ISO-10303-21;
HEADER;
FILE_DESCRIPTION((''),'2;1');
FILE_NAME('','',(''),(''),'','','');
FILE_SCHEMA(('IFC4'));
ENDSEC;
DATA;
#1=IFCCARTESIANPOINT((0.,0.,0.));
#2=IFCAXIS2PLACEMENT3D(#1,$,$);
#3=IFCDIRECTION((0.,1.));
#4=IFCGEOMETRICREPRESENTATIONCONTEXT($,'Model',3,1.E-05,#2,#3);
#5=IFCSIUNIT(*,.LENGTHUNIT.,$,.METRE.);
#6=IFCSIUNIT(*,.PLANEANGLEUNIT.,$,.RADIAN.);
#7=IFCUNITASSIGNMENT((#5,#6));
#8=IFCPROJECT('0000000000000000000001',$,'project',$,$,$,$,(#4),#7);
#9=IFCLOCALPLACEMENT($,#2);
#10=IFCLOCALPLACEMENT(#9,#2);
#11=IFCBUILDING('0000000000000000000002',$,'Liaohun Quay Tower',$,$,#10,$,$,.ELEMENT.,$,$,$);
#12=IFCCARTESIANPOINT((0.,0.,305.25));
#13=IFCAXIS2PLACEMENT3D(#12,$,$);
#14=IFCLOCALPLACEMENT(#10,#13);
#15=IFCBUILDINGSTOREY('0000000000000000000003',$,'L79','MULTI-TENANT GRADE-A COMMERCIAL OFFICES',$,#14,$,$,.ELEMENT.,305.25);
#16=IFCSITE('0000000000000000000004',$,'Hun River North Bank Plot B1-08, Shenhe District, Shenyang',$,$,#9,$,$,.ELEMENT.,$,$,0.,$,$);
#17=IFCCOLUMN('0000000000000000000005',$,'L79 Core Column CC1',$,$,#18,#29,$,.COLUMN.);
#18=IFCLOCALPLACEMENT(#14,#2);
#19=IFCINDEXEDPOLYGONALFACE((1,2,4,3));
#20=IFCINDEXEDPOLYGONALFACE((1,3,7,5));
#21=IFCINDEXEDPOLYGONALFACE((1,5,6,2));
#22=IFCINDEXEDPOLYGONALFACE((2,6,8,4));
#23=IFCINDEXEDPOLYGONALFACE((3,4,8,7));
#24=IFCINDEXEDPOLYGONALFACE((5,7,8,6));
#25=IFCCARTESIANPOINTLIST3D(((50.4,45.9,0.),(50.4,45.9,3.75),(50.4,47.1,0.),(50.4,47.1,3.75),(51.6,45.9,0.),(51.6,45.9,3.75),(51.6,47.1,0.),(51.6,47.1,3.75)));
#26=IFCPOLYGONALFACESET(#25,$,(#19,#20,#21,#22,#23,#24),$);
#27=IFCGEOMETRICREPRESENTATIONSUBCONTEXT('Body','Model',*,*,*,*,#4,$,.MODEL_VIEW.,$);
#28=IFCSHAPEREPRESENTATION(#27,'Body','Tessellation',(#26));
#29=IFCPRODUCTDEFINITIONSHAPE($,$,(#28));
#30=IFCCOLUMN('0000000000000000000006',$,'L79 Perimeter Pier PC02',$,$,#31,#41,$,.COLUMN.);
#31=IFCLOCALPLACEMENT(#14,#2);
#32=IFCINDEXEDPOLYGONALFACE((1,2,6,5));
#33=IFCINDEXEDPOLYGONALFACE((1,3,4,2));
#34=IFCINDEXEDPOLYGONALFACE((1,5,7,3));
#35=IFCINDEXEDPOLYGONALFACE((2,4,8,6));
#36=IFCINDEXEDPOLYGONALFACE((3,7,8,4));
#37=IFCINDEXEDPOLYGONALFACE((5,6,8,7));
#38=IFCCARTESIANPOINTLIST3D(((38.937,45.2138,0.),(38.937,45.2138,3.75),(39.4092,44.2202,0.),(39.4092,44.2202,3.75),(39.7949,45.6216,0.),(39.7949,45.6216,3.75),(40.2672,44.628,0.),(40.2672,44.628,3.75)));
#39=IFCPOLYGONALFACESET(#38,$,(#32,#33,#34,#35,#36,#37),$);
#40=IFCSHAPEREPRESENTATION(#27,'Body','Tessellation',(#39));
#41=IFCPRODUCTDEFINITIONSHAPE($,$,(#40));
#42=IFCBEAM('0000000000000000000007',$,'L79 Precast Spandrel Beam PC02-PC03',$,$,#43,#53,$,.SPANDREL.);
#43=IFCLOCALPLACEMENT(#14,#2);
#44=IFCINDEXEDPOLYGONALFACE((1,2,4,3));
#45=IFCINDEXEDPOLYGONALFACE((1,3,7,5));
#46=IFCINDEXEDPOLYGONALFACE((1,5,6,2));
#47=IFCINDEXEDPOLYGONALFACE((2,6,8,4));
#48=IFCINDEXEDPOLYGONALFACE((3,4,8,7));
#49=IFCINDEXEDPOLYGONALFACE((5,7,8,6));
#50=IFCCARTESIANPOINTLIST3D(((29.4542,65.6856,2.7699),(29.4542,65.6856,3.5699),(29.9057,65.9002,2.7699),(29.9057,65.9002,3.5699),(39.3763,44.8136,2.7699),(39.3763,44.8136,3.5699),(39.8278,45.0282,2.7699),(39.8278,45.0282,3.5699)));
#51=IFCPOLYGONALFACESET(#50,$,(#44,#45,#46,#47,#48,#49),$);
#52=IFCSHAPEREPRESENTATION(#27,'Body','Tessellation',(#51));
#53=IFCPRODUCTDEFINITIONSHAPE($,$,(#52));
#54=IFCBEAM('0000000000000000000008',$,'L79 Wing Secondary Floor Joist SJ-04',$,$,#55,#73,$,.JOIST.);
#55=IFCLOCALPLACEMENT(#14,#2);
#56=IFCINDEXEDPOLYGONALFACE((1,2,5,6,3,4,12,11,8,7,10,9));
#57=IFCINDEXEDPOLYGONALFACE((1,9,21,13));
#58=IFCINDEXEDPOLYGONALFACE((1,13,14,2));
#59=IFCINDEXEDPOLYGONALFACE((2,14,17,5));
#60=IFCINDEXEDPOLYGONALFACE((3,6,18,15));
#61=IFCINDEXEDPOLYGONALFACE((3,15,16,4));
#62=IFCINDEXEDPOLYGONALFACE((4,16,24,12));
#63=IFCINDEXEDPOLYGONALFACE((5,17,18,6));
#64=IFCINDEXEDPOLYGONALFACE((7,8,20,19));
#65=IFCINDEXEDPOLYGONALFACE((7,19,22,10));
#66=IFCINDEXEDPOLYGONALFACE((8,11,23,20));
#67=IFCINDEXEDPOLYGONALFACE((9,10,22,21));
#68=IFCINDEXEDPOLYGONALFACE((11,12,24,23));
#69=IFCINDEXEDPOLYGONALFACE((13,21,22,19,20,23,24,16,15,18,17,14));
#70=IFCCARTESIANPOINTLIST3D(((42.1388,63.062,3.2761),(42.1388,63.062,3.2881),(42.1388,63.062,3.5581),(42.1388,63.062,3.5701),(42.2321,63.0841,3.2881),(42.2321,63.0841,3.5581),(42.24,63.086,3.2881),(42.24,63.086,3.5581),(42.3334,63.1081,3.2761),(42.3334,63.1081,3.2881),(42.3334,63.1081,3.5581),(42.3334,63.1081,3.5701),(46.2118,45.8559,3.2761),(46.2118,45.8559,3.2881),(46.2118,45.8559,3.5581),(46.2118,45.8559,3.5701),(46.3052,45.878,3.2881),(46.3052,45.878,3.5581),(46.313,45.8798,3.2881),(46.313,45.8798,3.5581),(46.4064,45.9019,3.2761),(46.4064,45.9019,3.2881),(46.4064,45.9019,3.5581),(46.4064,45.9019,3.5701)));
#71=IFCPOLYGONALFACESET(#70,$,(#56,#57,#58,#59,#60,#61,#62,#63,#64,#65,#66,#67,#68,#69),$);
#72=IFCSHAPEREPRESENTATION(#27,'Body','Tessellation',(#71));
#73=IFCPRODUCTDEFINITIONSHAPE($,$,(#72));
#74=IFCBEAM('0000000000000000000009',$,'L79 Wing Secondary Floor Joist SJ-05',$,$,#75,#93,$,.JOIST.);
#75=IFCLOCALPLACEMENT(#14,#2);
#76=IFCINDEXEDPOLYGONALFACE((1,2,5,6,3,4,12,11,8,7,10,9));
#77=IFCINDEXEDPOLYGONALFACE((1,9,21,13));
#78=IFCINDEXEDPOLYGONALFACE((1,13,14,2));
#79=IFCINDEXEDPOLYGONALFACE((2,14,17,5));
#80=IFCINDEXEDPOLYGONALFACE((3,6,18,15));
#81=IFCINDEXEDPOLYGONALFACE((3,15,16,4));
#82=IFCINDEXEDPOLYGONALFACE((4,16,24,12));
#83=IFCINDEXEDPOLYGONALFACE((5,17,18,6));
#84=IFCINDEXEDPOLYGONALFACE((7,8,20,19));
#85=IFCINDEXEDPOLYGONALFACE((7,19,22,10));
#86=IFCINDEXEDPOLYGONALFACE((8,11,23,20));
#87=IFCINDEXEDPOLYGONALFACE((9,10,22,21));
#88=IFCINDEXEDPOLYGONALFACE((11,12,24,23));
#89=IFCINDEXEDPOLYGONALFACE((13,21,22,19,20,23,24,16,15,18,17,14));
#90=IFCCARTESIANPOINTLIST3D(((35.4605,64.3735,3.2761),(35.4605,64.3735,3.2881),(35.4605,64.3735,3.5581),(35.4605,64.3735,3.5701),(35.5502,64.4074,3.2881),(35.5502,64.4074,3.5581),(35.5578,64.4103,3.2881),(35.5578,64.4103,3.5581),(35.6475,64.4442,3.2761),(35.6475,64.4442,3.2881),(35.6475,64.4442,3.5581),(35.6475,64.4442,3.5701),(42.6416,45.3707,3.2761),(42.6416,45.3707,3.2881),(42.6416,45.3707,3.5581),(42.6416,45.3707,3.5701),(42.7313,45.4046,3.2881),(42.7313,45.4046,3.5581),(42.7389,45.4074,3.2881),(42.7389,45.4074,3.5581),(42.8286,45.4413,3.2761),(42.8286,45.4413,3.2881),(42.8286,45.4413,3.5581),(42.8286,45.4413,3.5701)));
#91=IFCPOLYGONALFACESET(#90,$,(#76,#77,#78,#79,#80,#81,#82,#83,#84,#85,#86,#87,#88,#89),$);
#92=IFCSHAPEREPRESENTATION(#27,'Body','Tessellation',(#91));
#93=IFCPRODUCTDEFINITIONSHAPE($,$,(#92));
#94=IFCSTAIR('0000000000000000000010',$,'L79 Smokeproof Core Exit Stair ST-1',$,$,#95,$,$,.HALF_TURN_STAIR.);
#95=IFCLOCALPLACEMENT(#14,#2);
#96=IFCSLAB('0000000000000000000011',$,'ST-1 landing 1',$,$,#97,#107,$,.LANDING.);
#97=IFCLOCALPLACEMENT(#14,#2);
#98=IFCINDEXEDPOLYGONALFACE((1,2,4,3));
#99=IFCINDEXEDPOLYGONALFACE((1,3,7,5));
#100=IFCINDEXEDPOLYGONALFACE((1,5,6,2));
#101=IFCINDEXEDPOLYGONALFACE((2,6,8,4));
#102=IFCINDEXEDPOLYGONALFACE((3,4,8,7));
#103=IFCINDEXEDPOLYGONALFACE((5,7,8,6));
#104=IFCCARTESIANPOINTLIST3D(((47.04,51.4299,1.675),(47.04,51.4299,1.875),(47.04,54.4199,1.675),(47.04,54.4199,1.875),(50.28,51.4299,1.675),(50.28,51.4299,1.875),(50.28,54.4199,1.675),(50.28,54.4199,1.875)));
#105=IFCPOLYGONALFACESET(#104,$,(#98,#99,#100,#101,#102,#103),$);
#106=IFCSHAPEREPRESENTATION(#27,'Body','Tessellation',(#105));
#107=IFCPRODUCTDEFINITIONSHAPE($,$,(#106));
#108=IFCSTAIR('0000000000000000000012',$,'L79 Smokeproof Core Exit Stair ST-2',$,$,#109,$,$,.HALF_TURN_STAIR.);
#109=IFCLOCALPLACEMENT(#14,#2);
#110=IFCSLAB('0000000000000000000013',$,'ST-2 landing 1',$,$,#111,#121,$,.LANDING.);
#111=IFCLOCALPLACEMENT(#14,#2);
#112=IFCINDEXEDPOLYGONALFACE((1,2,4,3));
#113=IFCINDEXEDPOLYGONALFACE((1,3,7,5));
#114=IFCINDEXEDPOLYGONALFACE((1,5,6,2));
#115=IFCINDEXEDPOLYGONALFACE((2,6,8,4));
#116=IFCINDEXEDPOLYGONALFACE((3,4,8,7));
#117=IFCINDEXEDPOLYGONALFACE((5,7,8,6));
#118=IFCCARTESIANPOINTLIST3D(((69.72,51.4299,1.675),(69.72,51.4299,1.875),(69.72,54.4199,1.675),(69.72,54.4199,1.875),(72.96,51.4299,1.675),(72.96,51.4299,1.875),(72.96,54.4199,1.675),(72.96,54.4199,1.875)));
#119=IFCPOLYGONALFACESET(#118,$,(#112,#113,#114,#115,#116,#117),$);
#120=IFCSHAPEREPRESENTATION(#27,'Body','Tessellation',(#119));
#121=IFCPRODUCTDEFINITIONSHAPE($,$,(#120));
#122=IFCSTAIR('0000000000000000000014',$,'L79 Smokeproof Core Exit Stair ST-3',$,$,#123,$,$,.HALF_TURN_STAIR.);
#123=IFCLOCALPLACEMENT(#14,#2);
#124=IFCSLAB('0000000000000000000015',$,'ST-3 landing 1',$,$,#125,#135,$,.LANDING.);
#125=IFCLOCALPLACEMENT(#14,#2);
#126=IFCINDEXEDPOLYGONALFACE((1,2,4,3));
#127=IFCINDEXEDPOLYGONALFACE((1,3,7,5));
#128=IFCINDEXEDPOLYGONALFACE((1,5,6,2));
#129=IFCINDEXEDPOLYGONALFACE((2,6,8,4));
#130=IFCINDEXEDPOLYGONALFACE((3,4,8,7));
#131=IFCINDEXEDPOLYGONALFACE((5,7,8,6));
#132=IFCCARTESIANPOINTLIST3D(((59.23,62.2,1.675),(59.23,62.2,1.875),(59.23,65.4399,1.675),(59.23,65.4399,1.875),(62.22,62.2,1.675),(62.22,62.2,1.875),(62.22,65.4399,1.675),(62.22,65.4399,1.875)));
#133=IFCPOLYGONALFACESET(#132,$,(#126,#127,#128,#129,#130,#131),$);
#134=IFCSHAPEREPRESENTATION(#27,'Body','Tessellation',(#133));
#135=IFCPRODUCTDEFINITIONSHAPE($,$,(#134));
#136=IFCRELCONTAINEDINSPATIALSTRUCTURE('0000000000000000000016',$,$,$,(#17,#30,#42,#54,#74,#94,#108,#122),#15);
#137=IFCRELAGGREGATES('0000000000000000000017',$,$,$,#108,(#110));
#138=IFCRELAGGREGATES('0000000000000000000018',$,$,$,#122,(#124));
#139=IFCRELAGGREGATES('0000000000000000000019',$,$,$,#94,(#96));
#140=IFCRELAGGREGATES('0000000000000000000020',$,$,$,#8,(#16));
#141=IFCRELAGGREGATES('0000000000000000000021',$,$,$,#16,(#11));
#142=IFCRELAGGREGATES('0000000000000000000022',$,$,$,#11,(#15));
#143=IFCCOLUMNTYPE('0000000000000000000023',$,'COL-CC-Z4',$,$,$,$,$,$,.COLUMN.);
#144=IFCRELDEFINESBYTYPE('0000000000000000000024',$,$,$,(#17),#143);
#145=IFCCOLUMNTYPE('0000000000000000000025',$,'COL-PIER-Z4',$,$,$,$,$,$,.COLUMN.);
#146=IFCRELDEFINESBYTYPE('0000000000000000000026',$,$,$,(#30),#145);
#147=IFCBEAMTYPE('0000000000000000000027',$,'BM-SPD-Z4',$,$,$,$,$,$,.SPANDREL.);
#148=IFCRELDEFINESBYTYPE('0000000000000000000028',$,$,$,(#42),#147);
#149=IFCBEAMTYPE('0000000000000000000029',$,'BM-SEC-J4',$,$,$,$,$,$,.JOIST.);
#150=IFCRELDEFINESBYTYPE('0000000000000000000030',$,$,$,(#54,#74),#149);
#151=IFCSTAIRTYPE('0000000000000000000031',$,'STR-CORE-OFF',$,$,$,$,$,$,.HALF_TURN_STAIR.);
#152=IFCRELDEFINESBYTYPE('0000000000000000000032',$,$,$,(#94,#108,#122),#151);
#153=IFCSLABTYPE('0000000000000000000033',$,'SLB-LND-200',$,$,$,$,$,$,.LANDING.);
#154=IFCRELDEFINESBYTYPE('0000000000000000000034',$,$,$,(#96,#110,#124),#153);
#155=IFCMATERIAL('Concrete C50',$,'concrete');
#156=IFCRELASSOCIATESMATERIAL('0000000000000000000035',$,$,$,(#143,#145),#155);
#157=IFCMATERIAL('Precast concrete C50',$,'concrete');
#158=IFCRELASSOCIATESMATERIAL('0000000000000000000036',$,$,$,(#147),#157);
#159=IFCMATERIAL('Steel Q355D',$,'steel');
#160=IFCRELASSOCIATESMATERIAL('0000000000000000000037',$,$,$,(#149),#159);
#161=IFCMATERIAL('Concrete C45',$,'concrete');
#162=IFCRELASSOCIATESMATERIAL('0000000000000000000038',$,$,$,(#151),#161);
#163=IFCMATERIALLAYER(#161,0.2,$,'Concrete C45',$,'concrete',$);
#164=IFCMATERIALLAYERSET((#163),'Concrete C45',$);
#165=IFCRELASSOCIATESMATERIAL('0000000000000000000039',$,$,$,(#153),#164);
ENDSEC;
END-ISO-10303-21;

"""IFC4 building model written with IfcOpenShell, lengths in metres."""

from ifc_helpers import new_model, si_unit, direction, frame, origin, origin_2d, place, context, subcontext, project, spatial, polyline, rectangle, i_section, outline, extrude, source, transform, mapped, material, layer, layer_set, material_profile, profile_set, type_object, element, aggregate, save


model = new_model("IFC4")

# Units and contexts
model_context = context("Model", 3, precision=1e-05, world=origin(), true_north=direction((0.0, 1.0)))
body_context = subcontext(model_context, "Body", "Model", "MODEL_VIEW")
ifc_project = project(units=[si_unit("LENGTHUNIT", "METRE"), si_unit("PLANEANGLEUNIT", "RADIAN")], contexts=[model_context])

# Site, building, storey
site_placement = place(None, origin())
site = spatial("IfcSite", under=ifc_project, at=site_placement, Name="Hun River North Bank Plot B1-08, Shenhe District, Shenyang", CompositionType="ELEMENT", RefElevation=0.0)
building_placement = place(site_placement, origin())
building = spatial("IfcBuilding", under=site, at=building_placement, Name="Liaohun Quay Tower", CompositionType="ELEMENT")
storey_placement = place(building_placement, frame((0.0, 0.0, 305.25)))
storey = spatial("IfcBuildingStorey", under=building, at=storey_placement, Name="L79", Description="MULTI-TENANT GRADE-A COMMERCIAL OFFICES", CompositionType="ELEMENT", Elevation=305.25)

# Columns
ifc_material_1 = material(Name="Concrete C50", Category="concrete")
ifc_material_profile_1 = material_profile(ifc_material_1, rectangle(XDim=1.2, YDim=1.2, at=origin_2d()), Name="RC1200x1200")
ifc_profile_set_1 = profile_set([ifc_material_profile_1], Name="Concrete C50")
column_type_1 = type_object("IfcColumnType", Name="COL-CC-Z4", PredefinedType="COLUMN", material=ifc_profile_set_1)
shared_shape_1 = source(origin(), body_context, "Body", "SweptSolid", [
    extrude(rectangle(XDim=1.2, YDim=1.2, at=origin_2d()), origin(), (0.0, 0.0, 1.0), 3.75),
])
column_1_placement = place(storey_placement, frame((51.0, 46.5, 0.0), z_axis=(0.0, 0.0, 1.0), x_axis=(1.0, 0.0, 0.0)))
element("IfcColumn", 1, at=column_1_placement, inside=storey, type_object=column_type_1, Name="L79 Core Column CC1", PredefinedType="COLUMN", context=body_context, shape_type="MappedRepresentation", body=[
    mapped(shared_shape_1, transform((0.0, 0.0, 0.0), x_axis=(1.0, 0.0, 0.0), y_axis=(0.0, 1.0, 0.0), z_axis=(0.0, 0.0, 1.0), scale=1.0)),
])
ifc_material_profile_2 = material_profile(ifc_material_1, rectangle(XDim=1.1001, YDim=0.95, at=origin_2d()), Name="RC1100x950")
ifc_profile_set_2 = profile_set([ifc_material_profile_2], Name="Concrete C50")
column_type_2 = type_object("IfcColumnType", Name="COL-PIER-Z4", PredefinedType="COLUMN", material=ifc_profile_set_2)
shared_shape_2 = source(origin(), body_context, "Body", "SweptSolid", [
    extrude(rectangle(XDim=1.1001, YDim=0.95, at=origin_2d()), origin(), (0.0, 0.0, 1.0), 3.75),
])
column_2_placement = place(storey_placement, frame((39.6021, 44.9209, 0.0), z_axis=(0.0, 0.0, 1.0), x_axis=(-0.42925, 0.903186, 0.0)))
element("IfcColumn", 2, at=column_2_placement, inside=storey, type_object=column_type_2, Name="L79 Perimeter Pier PC02", PredefinedType="COLUMN", context=body_context, shape_type="MappedRepresentation", body=[
    mapped(shared_shape_2, transform((0.0, 0.0, 0.0), x_axis=(1.0, 0.0, 0.0), y_axis=(0.0, 1.0, 0.0), z_axis=(0.0, 0.0, 1.0), scale=1.0)),
])

# Beams
ifc_material_2 = material(Name="Precast concrete C50", Category="concrete")
ifc_material_profile_3 = material_profile(ifc_material_2, rectangle(XDim=0.5, YDim=0.8, at=origin_2d()), Name="RC500x800")
ifc_profile_set_3 = profile_set([ifc_material_profile_3], Name="Precast concrete C50")
beam_type_1 = type_object("IfcBeamType", Name="BM-SPD-Z4", PredefinedType="SPANDREL", material=ifc_profile_set_3)
shared_shape_3 = source(origin(), body_context, "Body", "SweptSolid", [
    extrude(rectangle(XDim=0.5, YDim=0.8, at=origin_2d()), origin(), (0.0, 0.0, 1.0), 23.1104),
])
beam_1_placement = place(storey_placement, frame((39.6021, 44.9209, 3.1699), z_axis=(-0.429335, 0.903145, 0.0), x_axis=(-0.903145, -0.429335, 0.0)))
element("IfcBeam", 3, at=beam_1_placement, inside=storey, type_object=beam_type_1, Name="L79 Precast Spandrel Beam PC02-PC03", PredefinedType="SPANDREL", context=body_context, shape_type="MappedRepresentation", body=[
    mapped(shared_shape_3, transform((0.0, 0.0, 0.0), x_axis=(1.0, 0.0, 0.0), y_axis=(0.0, 1.0, 0.0), z_axis=(0.0, 0.0, 1.0), scale=1.0)),
])
ifc_material_3 = material(Name="Steel Q355D", Category="steel")
ifc_material_profile_4 = material_profile(ifc_material_3, i_section(OverallWidth=0.2, OverallDepth=0.2939, WebThickness=0.0081, FlangeThickness=0.012, at=origin_2d()), Name="HM294x200x8x12")
ifc_profile_set_4 = profile_set([ifc_material_profile_4], Name="Steel Q355D")
beam_type_2 = type_object("IfcBeamType", Name="BM-SEC-J4", PredefinedType="JOIST", material=ifc_profile_set_4)
shared_shape_4 = source(origin(), body_context, "Body", "SweptSolid", [
    extrude(i_section(OverallWidth=0.2, OverallDepth=0.2939, WebThickness=0.0081, FlangeThickness=0.012, at=origin_2d()), origin(), (0.0, 0.0, 1.0), 17.6816),
])
beam_2_placement = place(storey_placement, frame((46.3091, 45.8789, 3.4231), z_axis=(-0.230353, 0.973107, 0.0), x_axis=(-0.973107, -0.230353, 0.0)))
element("IfcBeam", 4, at=beam_2_placement, inside=storey, type_object=beam_type_2, Name="L79 Wing Secondary Floor Joist SJ-04", PredefinedType="JOIST", context=body_context, shape_type="MappedRepresentation", body=[
    mapped(shared_shape_4, transform((0.0, 0.0, 0.0), x_axis=(1.0, 0.0, 0.0), y_axis=(0.0, 1.0, 0.0), z_axis=(0.0, 0.0, 1.0), scale=1.0)),
])
shared_shape_5 = source(origin(), body_context, "Body", "SweptSolid", [
    extrude(i_section(OverallWidth=0.2, OverallDepth=0.2939, WebThickness=0.0081, FlangeThickness=0.012, at=origin_2d()), origin(), (0.0, 0.0, 1.0), 20.3145),
])
beam_3_placement = place(storey_placement, frame((42.7351, 45.406, 3.4231), z_axis=(-0.353498, 0.935435, 0.0), x_axis=(-0.935435, -0.353498, 0.0)))
element("IfcBeam", 5, at=beam_3_placement, inside=storey, type_object=beam_type_2, Name="L79 Wing Secondary Floor Joist SJ-05", PredefinedType="JOIST", context=body_context, shape_type="MappedRepresentation", body=[
    mapped(shared_shape_5, transform((0.0, 0.0, 0.0), x_axis=(1.0, 0.0, 0.0), y_axis=(0.0, 1.0, 0.0), z_axis=(0.0, 0.0, 1.0), scale=1.0)),
])

# Stairs, slabs
ifc_material_4 = material(Name="Concrete C45", Category="concrete")
stair_type = type_object("IfcStairType", Name="STR-CORE-OFF", PredefinedType="HALF_TURN_STAIR", material=ifc_material_4)
stair_1_placement = place(storey_placement, origin())
stair_1 = element("IfcStair", 6, at=stair_1_placement, inside=storey, type_object=stair_type, Name="L79 Smokeproof Core Exit Stair ST-1", PredefinedType="HALF_TURN_STAIR")
ifc_layer_1 = layer(ifc_material_4, 0.2, Name="Concrete C45", Category="concrete")
ifc_layer_set_1 = layer_set([ifc_layer_1], Name="Concrete C45")
slab_type_1 = type_object("IfcSlabType", Name="SLB-LND-200", PredefinedType="LANDING", material=ifc_layer_set_1)
slab_1_placement = place(storey_placement, frame((0.0, 0.0, 1.675)))
slab_1 = element("IfcSlab", 7, at=slab_1_placement, type_object=slab_type_1, Name="ST-1 landing 1", PredefinedType="LANDING", context=body_context, shape_type="SweptSolid", body=[
    extrude(outline(polyline([(50.28, 51.4299), (50.28, 54.4199), (47.04, 54.4199), (47.04, 51.4299), (50.28, 51.4299)])), origin(), (0.0, 0.0, 1.0), 0.2),
])
stair_2_placement = place(storey_placement, origin())
stair_2 = element("IfcStair", 8, at=stair_2_placement, inside=storey, type_object=stair_type, Name="L79 Smokeproof Core Exit Stair ST-2", PredefinedType="HALF_TURN_STAIR")
slab_2_placement = place(storey_placement, frame((0.0, 0.0, 1.675)))
slab_2 = element("IfcSlab", 9, at=slab_2_placement, type_object=slab_type_1, Name="ST-2 landing 1", PredefinedType="LANDING", context=body_context, shape_type="SweptSolid", body=[
    extrude(outline(polyline([(72.96, 51.4299), (72.96, 54.4199), (69.72, 54.4199), (69.72, 51.4299), (72.96, 51.4299)])), origin(), (0.0, 0.0, 1.0), 0.2),
])
aggregate(stair_2, [slab_2])
stair_3_placement = place(storey_placement, origin())
stair_3 = element("IfcStair", 10, at=stair_3_placement, inside=storey, type_object=stair_type, Name="L79 Smokeproof Core Exit Stair ST-3", PredefinedType="HALF_TURN_STAIR")
slab_3_placement = place(storey_placement, frame((0.0, 0.0, 1.675)))
slab_3 = element("IfcSlab", 11, at=slab_3_placement, type_object=slab_type_1, Name="ST-3 landing 1", PredefinedType="LANDING", context=body_context, shape_type="SweptSolid", body=[
    extrude(outline(polyline([(59.23, 62.2), (62.22, 62.2), (62.22, 65.4399), (59.23, 65.4399), (59.23, 62.2)])), origin(), (0.0, 0.0, 1.0), 0.2),
])
aggregate(stair_3, [slab_3])

aggregate(stair_1, [slab_1])

save(model, "model.ifc")
